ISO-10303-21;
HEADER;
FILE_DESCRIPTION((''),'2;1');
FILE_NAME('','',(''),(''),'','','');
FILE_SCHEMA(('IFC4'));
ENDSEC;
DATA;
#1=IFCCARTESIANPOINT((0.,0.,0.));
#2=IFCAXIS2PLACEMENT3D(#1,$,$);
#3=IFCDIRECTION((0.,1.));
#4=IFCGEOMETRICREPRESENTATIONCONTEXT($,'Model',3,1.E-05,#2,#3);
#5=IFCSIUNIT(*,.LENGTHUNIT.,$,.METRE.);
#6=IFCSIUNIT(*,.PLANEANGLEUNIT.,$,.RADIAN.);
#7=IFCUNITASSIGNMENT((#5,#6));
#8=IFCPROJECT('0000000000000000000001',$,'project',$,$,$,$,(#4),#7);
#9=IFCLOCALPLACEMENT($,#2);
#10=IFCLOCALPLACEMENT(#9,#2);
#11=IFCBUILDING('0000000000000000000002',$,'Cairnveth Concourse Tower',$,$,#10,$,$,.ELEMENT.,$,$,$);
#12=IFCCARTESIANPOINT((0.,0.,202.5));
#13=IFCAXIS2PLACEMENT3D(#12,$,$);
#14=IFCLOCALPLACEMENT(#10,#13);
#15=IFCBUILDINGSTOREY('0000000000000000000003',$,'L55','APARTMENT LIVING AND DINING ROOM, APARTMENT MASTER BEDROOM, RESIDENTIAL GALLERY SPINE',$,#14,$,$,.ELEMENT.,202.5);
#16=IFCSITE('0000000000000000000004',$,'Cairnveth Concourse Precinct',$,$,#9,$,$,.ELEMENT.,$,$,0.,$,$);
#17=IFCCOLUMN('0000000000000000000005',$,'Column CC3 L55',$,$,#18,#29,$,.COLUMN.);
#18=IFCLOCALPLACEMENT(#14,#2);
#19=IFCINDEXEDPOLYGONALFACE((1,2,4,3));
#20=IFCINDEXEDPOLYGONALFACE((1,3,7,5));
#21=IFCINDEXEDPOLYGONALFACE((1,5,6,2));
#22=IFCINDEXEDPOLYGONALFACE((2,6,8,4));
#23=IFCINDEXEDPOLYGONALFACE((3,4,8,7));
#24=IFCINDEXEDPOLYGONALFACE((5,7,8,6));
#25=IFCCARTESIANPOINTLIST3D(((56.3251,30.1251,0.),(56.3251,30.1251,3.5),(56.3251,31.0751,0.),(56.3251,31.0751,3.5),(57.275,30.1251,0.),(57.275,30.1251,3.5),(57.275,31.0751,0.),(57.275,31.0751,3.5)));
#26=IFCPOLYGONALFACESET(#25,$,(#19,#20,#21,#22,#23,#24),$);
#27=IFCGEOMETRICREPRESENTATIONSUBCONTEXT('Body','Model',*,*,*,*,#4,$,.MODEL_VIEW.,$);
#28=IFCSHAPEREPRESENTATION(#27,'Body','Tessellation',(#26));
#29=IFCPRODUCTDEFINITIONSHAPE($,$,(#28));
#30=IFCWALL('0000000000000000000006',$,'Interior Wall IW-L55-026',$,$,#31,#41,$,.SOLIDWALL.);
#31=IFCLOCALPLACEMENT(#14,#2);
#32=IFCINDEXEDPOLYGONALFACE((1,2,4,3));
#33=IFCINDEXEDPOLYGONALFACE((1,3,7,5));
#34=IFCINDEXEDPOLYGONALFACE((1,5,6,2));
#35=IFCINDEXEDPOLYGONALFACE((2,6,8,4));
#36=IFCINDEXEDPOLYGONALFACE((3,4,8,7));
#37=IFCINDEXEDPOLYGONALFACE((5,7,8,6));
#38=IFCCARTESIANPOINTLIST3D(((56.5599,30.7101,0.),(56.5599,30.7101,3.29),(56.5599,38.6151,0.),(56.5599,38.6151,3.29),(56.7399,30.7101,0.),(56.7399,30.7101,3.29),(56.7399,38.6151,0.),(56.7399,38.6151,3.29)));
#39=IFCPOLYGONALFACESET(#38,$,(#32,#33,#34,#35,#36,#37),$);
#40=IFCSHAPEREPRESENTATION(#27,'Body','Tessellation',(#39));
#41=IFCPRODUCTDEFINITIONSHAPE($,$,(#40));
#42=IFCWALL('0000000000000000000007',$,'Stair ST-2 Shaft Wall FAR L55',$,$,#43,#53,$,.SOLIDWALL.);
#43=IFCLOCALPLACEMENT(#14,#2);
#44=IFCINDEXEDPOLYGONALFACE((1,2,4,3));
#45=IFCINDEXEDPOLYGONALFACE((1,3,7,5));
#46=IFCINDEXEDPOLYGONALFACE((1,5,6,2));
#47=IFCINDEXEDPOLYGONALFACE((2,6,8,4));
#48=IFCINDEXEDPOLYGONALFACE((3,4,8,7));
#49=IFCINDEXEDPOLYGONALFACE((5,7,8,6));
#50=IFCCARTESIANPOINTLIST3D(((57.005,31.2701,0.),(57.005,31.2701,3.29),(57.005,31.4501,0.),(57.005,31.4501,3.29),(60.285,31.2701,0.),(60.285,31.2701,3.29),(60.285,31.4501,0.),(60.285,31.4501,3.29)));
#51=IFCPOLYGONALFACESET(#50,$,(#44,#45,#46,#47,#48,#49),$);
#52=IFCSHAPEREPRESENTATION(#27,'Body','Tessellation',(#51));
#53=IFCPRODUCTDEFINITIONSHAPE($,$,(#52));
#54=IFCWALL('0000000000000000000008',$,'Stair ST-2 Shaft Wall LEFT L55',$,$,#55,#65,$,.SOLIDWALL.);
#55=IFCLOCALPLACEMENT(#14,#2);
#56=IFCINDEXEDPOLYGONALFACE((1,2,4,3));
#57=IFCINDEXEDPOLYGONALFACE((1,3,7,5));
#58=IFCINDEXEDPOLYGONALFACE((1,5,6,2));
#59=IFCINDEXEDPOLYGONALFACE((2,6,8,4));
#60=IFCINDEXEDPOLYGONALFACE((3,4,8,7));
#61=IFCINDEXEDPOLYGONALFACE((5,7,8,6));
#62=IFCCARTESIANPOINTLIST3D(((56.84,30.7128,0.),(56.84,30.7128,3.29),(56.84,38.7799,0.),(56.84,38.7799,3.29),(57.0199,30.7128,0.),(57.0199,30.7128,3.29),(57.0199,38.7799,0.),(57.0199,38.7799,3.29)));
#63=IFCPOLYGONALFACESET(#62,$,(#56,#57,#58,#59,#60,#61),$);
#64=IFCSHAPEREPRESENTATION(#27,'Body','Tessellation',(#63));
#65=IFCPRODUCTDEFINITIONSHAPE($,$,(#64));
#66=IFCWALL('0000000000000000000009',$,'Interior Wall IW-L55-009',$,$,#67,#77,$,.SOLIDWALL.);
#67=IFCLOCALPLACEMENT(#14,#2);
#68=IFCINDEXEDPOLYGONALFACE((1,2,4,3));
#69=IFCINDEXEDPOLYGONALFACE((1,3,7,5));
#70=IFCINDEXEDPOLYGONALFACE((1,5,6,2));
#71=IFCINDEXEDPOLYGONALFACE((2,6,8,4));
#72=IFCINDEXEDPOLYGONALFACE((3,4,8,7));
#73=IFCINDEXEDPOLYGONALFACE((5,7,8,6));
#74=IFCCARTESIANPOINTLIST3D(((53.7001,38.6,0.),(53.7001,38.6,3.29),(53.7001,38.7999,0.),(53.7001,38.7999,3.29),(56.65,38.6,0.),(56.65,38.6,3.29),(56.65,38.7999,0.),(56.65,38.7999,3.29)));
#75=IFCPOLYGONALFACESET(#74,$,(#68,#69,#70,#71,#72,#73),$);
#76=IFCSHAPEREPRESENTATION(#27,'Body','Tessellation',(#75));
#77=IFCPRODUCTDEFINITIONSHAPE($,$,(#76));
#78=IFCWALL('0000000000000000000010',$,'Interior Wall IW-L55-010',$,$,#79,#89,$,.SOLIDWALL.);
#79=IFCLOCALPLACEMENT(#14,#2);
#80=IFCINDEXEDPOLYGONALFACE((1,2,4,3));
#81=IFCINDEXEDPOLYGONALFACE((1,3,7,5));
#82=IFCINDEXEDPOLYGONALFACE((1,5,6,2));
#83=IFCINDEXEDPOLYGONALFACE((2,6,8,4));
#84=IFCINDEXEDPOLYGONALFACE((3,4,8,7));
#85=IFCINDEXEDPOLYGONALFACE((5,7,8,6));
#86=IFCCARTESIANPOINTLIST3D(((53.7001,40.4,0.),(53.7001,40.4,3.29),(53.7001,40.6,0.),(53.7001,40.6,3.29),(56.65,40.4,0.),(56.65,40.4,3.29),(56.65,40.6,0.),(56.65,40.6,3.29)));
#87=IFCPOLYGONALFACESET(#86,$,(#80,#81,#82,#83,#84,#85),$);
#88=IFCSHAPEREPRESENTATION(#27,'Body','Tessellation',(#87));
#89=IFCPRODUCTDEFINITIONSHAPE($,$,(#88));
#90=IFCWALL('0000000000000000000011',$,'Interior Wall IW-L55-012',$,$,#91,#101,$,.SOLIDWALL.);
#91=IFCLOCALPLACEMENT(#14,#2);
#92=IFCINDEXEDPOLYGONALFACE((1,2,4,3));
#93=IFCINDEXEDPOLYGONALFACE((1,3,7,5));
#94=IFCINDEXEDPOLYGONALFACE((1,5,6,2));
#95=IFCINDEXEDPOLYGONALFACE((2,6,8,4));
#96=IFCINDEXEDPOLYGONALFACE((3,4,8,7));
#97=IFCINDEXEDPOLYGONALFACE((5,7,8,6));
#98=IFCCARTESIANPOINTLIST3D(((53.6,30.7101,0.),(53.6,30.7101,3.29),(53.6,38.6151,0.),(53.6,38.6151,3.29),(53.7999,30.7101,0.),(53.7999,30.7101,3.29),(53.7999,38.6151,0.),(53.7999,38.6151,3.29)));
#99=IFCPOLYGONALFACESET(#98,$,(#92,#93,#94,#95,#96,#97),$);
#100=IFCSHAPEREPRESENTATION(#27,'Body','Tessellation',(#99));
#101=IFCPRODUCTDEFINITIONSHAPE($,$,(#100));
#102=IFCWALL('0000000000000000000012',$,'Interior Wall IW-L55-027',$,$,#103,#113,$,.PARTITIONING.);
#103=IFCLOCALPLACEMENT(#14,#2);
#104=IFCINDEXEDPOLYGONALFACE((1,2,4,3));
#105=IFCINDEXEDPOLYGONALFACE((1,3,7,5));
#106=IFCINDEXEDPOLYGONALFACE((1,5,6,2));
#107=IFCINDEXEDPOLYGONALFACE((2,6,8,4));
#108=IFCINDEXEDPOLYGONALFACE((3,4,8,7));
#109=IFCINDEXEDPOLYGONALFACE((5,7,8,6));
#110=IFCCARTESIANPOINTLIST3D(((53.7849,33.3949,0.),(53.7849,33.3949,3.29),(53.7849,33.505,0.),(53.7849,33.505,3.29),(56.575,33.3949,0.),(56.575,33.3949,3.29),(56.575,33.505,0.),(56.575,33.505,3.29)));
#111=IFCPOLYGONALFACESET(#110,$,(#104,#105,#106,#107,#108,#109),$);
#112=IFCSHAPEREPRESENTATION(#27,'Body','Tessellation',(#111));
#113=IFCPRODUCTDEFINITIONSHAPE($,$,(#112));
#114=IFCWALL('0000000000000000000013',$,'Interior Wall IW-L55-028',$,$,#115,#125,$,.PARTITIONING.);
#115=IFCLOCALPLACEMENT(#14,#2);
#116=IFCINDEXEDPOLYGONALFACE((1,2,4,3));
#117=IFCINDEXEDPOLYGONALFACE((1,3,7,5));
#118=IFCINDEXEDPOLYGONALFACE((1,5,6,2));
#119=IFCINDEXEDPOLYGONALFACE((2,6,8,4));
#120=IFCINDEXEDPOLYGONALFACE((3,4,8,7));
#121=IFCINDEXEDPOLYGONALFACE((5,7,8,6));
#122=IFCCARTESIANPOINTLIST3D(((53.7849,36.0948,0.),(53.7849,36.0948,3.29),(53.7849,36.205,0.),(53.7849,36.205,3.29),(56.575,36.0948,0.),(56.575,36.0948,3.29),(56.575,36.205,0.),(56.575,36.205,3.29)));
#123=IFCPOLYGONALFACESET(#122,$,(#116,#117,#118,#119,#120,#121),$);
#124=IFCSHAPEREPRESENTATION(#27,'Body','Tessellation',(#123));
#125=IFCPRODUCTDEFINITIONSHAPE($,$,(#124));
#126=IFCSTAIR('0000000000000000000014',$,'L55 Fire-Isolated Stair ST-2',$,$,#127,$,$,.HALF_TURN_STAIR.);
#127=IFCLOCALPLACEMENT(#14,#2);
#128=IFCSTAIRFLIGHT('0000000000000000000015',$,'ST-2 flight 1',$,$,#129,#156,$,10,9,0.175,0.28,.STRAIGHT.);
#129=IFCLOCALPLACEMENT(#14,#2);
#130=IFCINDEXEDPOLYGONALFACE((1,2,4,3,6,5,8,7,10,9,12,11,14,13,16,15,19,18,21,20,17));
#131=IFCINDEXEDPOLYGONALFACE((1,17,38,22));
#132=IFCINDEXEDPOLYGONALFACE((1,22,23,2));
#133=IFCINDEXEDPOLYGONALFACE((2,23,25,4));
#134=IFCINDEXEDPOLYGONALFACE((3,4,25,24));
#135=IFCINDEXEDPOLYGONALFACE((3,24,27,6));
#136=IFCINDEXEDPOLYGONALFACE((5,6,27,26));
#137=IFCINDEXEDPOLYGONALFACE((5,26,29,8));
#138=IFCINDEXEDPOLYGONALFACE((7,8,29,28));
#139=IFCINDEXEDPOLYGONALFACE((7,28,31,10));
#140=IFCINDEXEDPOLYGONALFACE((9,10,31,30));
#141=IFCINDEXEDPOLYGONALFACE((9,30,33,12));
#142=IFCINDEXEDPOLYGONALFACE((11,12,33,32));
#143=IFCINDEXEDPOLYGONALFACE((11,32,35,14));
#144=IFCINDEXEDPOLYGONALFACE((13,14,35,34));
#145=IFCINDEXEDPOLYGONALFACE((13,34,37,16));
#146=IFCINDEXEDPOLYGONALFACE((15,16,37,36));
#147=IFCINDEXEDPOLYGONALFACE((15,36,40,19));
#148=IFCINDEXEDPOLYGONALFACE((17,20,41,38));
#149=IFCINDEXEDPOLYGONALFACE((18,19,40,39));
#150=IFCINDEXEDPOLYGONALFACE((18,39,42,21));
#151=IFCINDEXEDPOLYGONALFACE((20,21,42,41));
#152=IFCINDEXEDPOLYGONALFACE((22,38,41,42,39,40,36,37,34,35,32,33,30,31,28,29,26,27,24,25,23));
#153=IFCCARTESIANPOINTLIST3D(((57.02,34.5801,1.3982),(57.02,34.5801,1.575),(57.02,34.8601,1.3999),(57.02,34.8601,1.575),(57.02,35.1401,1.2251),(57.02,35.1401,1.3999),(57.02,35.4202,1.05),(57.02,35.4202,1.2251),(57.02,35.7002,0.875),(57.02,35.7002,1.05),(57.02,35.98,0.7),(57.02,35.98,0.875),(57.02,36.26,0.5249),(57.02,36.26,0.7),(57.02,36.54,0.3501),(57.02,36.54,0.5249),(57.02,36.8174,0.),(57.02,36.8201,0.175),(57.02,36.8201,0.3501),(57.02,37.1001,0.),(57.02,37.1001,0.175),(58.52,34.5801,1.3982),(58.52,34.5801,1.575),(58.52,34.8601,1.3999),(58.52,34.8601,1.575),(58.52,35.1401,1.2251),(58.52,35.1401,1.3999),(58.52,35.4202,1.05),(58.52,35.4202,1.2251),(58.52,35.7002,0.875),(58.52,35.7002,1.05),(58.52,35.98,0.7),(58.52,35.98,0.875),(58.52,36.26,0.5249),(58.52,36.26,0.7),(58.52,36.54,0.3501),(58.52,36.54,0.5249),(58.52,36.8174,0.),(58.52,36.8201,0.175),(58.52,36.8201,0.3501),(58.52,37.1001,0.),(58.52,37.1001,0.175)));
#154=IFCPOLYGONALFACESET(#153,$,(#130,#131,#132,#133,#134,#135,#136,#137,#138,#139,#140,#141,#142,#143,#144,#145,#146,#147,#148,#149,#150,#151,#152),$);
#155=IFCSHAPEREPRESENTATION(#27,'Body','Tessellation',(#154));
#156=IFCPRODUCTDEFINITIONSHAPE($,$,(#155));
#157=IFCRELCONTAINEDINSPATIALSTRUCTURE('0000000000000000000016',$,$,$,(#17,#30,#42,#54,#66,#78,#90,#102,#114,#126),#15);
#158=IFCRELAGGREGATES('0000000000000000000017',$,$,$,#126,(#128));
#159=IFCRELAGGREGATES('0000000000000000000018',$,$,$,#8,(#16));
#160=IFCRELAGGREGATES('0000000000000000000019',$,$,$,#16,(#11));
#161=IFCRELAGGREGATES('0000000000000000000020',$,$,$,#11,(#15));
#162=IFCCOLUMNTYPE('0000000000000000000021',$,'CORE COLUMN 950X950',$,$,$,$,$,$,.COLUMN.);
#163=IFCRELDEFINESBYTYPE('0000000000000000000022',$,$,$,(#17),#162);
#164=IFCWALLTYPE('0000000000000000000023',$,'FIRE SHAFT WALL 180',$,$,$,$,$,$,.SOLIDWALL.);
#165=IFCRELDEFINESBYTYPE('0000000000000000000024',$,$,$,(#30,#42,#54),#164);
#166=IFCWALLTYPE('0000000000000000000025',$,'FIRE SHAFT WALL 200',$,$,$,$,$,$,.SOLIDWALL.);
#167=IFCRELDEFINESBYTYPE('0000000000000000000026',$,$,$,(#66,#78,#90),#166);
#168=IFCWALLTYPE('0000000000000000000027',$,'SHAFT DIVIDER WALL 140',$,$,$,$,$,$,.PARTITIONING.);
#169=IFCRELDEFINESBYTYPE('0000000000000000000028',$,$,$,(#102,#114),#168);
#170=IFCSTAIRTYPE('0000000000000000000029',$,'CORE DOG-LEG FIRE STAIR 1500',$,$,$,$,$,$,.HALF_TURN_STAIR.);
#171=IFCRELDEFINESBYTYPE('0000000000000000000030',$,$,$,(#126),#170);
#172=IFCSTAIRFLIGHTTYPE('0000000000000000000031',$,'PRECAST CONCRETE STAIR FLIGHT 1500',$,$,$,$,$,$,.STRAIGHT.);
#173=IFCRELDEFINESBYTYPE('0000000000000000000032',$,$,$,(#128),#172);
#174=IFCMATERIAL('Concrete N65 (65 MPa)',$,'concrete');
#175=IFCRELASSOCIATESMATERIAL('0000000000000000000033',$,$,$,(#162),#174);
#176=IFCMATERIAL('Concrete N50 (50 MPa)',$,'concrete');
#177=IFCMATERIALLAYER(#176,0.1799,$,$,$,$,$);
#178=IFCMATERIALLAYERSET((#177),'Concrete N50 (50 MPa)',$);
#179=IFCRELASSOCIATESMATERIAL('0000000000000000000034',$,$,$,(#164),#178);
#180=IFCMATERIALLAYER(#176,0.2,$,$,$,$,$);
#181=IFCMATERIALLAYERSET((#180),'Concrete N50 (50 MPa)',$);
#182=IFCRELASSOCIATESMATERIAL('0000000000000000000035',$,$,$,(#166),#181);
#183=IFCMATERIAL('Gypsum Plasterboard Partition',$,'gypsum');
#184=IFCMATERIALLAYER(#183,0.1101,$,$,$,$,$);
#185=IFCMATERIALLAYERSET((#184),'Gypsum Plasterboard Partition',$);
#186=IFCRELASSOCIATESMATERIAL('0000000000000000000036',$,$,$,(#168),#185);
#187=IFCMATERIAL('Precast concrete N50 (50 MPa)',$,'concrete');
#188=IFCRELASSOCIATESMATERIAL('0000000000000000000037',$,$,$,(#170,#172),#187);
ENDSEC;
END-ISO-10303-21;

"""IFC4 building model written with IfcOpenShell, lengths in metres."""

from ifc_helpers import new_model, si_unit, direction, frame, frame_2d, origin, origin_2d, place, context, subcontext, project, spatial, polyline, rectangle, outline, extrude, material, layer, layer_set, material_profile, profile_set, type_object, element, aggregate, save


model = new_model("IFC4")

# Units and contexts
model_context = context("Model", 3, precision=1e-05, world=origin(), true_north=direction((0.0, 1.0)))
body_context = subcontext(model_context, "Body", "Model", "MODEL_VIEW")
ifc_project = project(units=[si_unit("LENGTHUNIT", "METRE"), si_unit("PLANEANGLEUNIT", "RADIAN")], contexts=[model_context])

# Site, building, storey
site_placement = place(None, origin())
site = spatial("IfcSite", under=ifc_project, at=site_placement, Name="Cairnveth Concourse Precinct", CompositionType="ELEMENT", RefElevation=0.0)
building_placement = place(site_placement, origin())
building = spatial("IfcBuilding", under=site, at=building_placement, Name="Cairnveth Concourse Tower", CompositionType="ELEMENT")
storey_placement = place(building_placement, frame((0.0, 0.0, 202.5)))
storey = spatial("IfcBuildingStorey", under=building, at=storey_placement, Name="L55", Description="APARTMENT LIVING AND DINING ROOM, APARTMENT MASTER BEDROOM, RESIDENTIAL GALLERY SPINE", CompositionType="ELEMENT", Elevation=202.5)

# Column
ifc_material_1 = material(Name="Concrete N65 (65 MPa)", Category="concrete")
ifc_material_profile = material_profile(ifc_material_1, rectangle(XDim=0.95, YDim=0.95, at=origin_2d()), Name="RC-COL-950x950")
ifc_profile_set = profile_set([ifc_material_profile], Name="Concrete N65 (65 MPa)")
column_type = type_object("IfcColumnType", Name="CORE COLUMN 950X950", PredefinedType="COLUMN", material=ifc_profile_set)
column_placement = place(storey_placement, frame((56.8, 30.6001, 0.0), z_axis=(0.0, 0.0, 1.0), x_axis=(1.0, 0.0, 0.0)))
element("IfcColumn", 1, at=column_placement, inside=storey, type_object=column_type, Name="Column CC3 L55", PredefinedType="COLUMN", context=body_context, shape_type="SweptSolid", body=[
    extrude(rectangle(XDim=0.95, YDim=0.95, at=origin_2d()), origin(), (0.0, 0.0, 1.0), 3.5),
])

# Wall
ifc_material_2 = material(Name="Concrete N50 (50 MPa)", Category="concrete")
ifc_layer_1 = layer(ifc_material_2, 0.1799)
ifc_layer_set_1 = layer_set([ifc_layer_1], Name="Concrete N50 (50 MPa)")
wall_type_1 = type_object("IfcWallType", Name="FIRE SHAFT WALL 180", PredefinedType="SOLIDWALL", material=ifc_layer_set_1)
wall_1_placement = place(storey_placement, frame((56.6499, 30.71, 0.0), z_axis=(0.0, 0.0, 1.0), x_axis=(0.0, 1.0, 0.0)))
element("IfcWall", 2, at=wall_1_placement, inside=storey, type_object=wall_type_1, Name="Interior Wall IW-L55-026", PredefinedType="SOLIDWALL", context=body_context, shape_type="SweptSolid", body=[
    extrude(rectangle(XDim=7.905, YDim=0.1799, at=frame_2d((3.9526, 0.0))), origin(), (0.0, 0.0, 1.0), 3.29),
])

# Walls
wall_2_placement = place(storey_placement, frame((57.0049, 31.3601, 0.0), z_axis=(0.0, 0.0, 1.0), x_axis=(1.0, 0.0, 0.0)))
element("IfcWall", 3, at=wall_2_placement, inside=storey, type_object=wall_type_1, Name="Stair ST-2 Shaft Wall FAR L55", PredefinedType="SOLIDWALL", context=body_context, shape_type="SweptSolid", body=[
    extrude(rectangle(XDim=3.28, YDim=0.1799, at=frame_2d((1.6401, 0.0))), origin(), (0.0, 0.0, 1.0), 3.29),
])
wall_3_placement = place(storey_placement, frame((56.9299, 38.78, 0.0), z_axis=(0.0, 0.0, 1.0), x_axis=(0.0, -1.0, 0.0)))
element("IfcWall", 4, at=wall_3_placement, inside=storey, type_object=wall_type_1, Name="Stair ST-2 Shaft Wall LEFT L55", PredefinedType="SOLIDWALL", context=body_context, shape_type="SweptSolid", body=[
    extrude(rectangle(XDim=8.0671, YDim=0.1799, at=frame_2d((4.0337, 0.0))), origin(), (0.0, 0.0, 1.0), 3.29),
])
ifc_layer_2 = layer(ifc_material_2, 0.2)
ifc_layer_set_2 = layer_set([ifc_layer_2], Name="Concrete N50 (50 MPa)")
wall_type_2 = type_object("IfcWallType", Name="FIRE SHAFT WALL 200", PredefinedType="SOLIDWALL", material=ifc_layer_set_2)
for number, where, z_axis, x_axis, name in (
    (5, (53.7, 38.7, 0.0), (0.0, 0.0, 1.0), (1.0, 0.0, 0.0), "Interior Wall IW-L55-009"),
    (6, (53.7, 40.5, 0.0), (0.0, 0.0, 1.0), (1.0, 0.0, 0.0), "Interior Wall IW-L55-010"),
):
    element("IfcWall", number, at=place(storey_placement, frame(where, z_axis=z_axis, x_axis=x_axis)), inside=storey, type_object=wall_type_2, Name=name, PredefinedType="SOLIDWALL", context=body_context, shape_type="SweptSolid", body=[
        extrude(rectangle(XDim=2.95, YDim=0.2, at=frame_2d((1.4751, 0.0))), origin(), (0.0, 0.0, 1.0), 3.29),
    ])
wall_4_placement = place(storey_placement, frame((53.7, 30.71, 0.0), z_axis=(0.0, 0.0, 1.0), x_axis=(0.0, 1.0, 0.0)))
element("IfcWall", 7, at=wall_4_placement, inside=storey, type_object=wall_type_2, Name="Interior Wall IW-L55-012", PredefinedType="SOLIDWALL", context=body_context, shape_type="SweptSolid", body=[
    extrude(rectangle(XDim=7.905, YDim=0.2, at=frame_2d((3.9526, 0.0))), origin(), (0.0, 0.0, 1.0), 3.29),
])

# Walls
ifc_material_3 = material(Name="Gypsum Plasterboard Partition", Category="gypsum")
ifc_layer_3 = layer(ifc_material_3, 0.1101)
ifc_layer_set_3 = layer_set([ifc_layer_3], Name="Gypsum Plasterboard Partition")
wall_type_3 = type_object("IfcWallType", Name="SHAFT DIVIDER WALL 140", PredefinedType="PARTITIONING", material=ifc_layer_set_3)
for number, where, z_axis, x_axis, name in (
    (8, (53.7849, 33.45, 0.0), (0.0, 0.0, 1.0), (1.0, 0.0, 0.0), "Interior Wall IW-L55-027"),
    (9, (53.7849, 36.1499, 0.0), (0.0, 0.0, 1.0), (1.0, 0.0, 0.0), "Interior Wall IW-L55-028"),
):
    element("IfcWall", number, at=place(storey_placement, frame(where, z_axis=z_axis, x_axis=x_axis)), inside=storey, type_object=wall_type_3, Name=name, PredefinedType="PARTITIONING", context=body_context, shape_type="SweptSolid", body=[
        extrude(rectangle(XDim=2.79, YDim=0.1101, at=frame_2d((1.395, 0.0))), origin(), (0.0, 0.0, 1.0), 3.29),
    ])

# Stair, stair flight
ifc_material_4 = material(Name="Precast concrete N50 (50 MPa)", Category="concrete")
stair_type = type_object("IfcStairType", Name="CORE DOG-LEG FIRE STAIR 1500", PredefinedType="HALF_TURN_STAIR", material=ifc_material_4)
stair_placement = place(storey_placement, origin())
stair = element("IfcStair", 10, at=stair_placement, inside=storey, type_object=stair_type, Name="L55 Fire-Isolated Stair ST-2", PredefinedType="HALF_TURN_STAIR")
stair_flight_type = type_object("IfcStairFlightType", Name="PRECAST CONCRETE STAIR FLIGHT 1500", PredefinedType="STRAIGHT", material=ifc_material_4)
stair_flight_placement = place(storey_placement, frame((57.77, 37.1001, 0.0), z_axis=(0.0, 0.0, 1.0), x_axis=(0.0, -1.0, 0.0)))
stair_flight = element("IfcStairFlight", 11, at=stair_flight_placement, type_object=stair_flight_type, Name="ST-2 flight 1", NumberOfRisers=10, NumberOfTreads=9, PredefinedType="STRAIGHT", RiserHeight=0.175, TreadLength=0.28, context=body_context, shape_type="SweptSolid", body=[
    extrude(outline(polyline([(0.0, 0.0), (0.0, 0.175), (0.28, 0.175), (0.28, 0.3501), (0.5601, 0.3501), (0.5601, 0.5249), (0.8401, 0.5249), (0.8401, 0.7), (1.1201, 0.7), (1.1201, 0.875), (1.3999, 0.875), (1.3999, 1.05), (1.6799, 1.05), (1.6799, 1.2251), (1.96, 1.2251), (1.96, 1.3999), (2.24, 1.3999), (2.24, 1.575), (2.52, 1.575), (2.52, 1.75), (2.52, 1.3982), (0.2827, 0.0), (0.0, 0.0)])), frame((0.0, 0.75, 0.0), z_axis=(0.0, -1.0, 0.0), x_axis=(1.0, 0.0, 0.0)), (0.0, 0.0, 1.0), 1.5),
])
aggregate(stair, [stair_flight])

save(model, "model.ifc")
